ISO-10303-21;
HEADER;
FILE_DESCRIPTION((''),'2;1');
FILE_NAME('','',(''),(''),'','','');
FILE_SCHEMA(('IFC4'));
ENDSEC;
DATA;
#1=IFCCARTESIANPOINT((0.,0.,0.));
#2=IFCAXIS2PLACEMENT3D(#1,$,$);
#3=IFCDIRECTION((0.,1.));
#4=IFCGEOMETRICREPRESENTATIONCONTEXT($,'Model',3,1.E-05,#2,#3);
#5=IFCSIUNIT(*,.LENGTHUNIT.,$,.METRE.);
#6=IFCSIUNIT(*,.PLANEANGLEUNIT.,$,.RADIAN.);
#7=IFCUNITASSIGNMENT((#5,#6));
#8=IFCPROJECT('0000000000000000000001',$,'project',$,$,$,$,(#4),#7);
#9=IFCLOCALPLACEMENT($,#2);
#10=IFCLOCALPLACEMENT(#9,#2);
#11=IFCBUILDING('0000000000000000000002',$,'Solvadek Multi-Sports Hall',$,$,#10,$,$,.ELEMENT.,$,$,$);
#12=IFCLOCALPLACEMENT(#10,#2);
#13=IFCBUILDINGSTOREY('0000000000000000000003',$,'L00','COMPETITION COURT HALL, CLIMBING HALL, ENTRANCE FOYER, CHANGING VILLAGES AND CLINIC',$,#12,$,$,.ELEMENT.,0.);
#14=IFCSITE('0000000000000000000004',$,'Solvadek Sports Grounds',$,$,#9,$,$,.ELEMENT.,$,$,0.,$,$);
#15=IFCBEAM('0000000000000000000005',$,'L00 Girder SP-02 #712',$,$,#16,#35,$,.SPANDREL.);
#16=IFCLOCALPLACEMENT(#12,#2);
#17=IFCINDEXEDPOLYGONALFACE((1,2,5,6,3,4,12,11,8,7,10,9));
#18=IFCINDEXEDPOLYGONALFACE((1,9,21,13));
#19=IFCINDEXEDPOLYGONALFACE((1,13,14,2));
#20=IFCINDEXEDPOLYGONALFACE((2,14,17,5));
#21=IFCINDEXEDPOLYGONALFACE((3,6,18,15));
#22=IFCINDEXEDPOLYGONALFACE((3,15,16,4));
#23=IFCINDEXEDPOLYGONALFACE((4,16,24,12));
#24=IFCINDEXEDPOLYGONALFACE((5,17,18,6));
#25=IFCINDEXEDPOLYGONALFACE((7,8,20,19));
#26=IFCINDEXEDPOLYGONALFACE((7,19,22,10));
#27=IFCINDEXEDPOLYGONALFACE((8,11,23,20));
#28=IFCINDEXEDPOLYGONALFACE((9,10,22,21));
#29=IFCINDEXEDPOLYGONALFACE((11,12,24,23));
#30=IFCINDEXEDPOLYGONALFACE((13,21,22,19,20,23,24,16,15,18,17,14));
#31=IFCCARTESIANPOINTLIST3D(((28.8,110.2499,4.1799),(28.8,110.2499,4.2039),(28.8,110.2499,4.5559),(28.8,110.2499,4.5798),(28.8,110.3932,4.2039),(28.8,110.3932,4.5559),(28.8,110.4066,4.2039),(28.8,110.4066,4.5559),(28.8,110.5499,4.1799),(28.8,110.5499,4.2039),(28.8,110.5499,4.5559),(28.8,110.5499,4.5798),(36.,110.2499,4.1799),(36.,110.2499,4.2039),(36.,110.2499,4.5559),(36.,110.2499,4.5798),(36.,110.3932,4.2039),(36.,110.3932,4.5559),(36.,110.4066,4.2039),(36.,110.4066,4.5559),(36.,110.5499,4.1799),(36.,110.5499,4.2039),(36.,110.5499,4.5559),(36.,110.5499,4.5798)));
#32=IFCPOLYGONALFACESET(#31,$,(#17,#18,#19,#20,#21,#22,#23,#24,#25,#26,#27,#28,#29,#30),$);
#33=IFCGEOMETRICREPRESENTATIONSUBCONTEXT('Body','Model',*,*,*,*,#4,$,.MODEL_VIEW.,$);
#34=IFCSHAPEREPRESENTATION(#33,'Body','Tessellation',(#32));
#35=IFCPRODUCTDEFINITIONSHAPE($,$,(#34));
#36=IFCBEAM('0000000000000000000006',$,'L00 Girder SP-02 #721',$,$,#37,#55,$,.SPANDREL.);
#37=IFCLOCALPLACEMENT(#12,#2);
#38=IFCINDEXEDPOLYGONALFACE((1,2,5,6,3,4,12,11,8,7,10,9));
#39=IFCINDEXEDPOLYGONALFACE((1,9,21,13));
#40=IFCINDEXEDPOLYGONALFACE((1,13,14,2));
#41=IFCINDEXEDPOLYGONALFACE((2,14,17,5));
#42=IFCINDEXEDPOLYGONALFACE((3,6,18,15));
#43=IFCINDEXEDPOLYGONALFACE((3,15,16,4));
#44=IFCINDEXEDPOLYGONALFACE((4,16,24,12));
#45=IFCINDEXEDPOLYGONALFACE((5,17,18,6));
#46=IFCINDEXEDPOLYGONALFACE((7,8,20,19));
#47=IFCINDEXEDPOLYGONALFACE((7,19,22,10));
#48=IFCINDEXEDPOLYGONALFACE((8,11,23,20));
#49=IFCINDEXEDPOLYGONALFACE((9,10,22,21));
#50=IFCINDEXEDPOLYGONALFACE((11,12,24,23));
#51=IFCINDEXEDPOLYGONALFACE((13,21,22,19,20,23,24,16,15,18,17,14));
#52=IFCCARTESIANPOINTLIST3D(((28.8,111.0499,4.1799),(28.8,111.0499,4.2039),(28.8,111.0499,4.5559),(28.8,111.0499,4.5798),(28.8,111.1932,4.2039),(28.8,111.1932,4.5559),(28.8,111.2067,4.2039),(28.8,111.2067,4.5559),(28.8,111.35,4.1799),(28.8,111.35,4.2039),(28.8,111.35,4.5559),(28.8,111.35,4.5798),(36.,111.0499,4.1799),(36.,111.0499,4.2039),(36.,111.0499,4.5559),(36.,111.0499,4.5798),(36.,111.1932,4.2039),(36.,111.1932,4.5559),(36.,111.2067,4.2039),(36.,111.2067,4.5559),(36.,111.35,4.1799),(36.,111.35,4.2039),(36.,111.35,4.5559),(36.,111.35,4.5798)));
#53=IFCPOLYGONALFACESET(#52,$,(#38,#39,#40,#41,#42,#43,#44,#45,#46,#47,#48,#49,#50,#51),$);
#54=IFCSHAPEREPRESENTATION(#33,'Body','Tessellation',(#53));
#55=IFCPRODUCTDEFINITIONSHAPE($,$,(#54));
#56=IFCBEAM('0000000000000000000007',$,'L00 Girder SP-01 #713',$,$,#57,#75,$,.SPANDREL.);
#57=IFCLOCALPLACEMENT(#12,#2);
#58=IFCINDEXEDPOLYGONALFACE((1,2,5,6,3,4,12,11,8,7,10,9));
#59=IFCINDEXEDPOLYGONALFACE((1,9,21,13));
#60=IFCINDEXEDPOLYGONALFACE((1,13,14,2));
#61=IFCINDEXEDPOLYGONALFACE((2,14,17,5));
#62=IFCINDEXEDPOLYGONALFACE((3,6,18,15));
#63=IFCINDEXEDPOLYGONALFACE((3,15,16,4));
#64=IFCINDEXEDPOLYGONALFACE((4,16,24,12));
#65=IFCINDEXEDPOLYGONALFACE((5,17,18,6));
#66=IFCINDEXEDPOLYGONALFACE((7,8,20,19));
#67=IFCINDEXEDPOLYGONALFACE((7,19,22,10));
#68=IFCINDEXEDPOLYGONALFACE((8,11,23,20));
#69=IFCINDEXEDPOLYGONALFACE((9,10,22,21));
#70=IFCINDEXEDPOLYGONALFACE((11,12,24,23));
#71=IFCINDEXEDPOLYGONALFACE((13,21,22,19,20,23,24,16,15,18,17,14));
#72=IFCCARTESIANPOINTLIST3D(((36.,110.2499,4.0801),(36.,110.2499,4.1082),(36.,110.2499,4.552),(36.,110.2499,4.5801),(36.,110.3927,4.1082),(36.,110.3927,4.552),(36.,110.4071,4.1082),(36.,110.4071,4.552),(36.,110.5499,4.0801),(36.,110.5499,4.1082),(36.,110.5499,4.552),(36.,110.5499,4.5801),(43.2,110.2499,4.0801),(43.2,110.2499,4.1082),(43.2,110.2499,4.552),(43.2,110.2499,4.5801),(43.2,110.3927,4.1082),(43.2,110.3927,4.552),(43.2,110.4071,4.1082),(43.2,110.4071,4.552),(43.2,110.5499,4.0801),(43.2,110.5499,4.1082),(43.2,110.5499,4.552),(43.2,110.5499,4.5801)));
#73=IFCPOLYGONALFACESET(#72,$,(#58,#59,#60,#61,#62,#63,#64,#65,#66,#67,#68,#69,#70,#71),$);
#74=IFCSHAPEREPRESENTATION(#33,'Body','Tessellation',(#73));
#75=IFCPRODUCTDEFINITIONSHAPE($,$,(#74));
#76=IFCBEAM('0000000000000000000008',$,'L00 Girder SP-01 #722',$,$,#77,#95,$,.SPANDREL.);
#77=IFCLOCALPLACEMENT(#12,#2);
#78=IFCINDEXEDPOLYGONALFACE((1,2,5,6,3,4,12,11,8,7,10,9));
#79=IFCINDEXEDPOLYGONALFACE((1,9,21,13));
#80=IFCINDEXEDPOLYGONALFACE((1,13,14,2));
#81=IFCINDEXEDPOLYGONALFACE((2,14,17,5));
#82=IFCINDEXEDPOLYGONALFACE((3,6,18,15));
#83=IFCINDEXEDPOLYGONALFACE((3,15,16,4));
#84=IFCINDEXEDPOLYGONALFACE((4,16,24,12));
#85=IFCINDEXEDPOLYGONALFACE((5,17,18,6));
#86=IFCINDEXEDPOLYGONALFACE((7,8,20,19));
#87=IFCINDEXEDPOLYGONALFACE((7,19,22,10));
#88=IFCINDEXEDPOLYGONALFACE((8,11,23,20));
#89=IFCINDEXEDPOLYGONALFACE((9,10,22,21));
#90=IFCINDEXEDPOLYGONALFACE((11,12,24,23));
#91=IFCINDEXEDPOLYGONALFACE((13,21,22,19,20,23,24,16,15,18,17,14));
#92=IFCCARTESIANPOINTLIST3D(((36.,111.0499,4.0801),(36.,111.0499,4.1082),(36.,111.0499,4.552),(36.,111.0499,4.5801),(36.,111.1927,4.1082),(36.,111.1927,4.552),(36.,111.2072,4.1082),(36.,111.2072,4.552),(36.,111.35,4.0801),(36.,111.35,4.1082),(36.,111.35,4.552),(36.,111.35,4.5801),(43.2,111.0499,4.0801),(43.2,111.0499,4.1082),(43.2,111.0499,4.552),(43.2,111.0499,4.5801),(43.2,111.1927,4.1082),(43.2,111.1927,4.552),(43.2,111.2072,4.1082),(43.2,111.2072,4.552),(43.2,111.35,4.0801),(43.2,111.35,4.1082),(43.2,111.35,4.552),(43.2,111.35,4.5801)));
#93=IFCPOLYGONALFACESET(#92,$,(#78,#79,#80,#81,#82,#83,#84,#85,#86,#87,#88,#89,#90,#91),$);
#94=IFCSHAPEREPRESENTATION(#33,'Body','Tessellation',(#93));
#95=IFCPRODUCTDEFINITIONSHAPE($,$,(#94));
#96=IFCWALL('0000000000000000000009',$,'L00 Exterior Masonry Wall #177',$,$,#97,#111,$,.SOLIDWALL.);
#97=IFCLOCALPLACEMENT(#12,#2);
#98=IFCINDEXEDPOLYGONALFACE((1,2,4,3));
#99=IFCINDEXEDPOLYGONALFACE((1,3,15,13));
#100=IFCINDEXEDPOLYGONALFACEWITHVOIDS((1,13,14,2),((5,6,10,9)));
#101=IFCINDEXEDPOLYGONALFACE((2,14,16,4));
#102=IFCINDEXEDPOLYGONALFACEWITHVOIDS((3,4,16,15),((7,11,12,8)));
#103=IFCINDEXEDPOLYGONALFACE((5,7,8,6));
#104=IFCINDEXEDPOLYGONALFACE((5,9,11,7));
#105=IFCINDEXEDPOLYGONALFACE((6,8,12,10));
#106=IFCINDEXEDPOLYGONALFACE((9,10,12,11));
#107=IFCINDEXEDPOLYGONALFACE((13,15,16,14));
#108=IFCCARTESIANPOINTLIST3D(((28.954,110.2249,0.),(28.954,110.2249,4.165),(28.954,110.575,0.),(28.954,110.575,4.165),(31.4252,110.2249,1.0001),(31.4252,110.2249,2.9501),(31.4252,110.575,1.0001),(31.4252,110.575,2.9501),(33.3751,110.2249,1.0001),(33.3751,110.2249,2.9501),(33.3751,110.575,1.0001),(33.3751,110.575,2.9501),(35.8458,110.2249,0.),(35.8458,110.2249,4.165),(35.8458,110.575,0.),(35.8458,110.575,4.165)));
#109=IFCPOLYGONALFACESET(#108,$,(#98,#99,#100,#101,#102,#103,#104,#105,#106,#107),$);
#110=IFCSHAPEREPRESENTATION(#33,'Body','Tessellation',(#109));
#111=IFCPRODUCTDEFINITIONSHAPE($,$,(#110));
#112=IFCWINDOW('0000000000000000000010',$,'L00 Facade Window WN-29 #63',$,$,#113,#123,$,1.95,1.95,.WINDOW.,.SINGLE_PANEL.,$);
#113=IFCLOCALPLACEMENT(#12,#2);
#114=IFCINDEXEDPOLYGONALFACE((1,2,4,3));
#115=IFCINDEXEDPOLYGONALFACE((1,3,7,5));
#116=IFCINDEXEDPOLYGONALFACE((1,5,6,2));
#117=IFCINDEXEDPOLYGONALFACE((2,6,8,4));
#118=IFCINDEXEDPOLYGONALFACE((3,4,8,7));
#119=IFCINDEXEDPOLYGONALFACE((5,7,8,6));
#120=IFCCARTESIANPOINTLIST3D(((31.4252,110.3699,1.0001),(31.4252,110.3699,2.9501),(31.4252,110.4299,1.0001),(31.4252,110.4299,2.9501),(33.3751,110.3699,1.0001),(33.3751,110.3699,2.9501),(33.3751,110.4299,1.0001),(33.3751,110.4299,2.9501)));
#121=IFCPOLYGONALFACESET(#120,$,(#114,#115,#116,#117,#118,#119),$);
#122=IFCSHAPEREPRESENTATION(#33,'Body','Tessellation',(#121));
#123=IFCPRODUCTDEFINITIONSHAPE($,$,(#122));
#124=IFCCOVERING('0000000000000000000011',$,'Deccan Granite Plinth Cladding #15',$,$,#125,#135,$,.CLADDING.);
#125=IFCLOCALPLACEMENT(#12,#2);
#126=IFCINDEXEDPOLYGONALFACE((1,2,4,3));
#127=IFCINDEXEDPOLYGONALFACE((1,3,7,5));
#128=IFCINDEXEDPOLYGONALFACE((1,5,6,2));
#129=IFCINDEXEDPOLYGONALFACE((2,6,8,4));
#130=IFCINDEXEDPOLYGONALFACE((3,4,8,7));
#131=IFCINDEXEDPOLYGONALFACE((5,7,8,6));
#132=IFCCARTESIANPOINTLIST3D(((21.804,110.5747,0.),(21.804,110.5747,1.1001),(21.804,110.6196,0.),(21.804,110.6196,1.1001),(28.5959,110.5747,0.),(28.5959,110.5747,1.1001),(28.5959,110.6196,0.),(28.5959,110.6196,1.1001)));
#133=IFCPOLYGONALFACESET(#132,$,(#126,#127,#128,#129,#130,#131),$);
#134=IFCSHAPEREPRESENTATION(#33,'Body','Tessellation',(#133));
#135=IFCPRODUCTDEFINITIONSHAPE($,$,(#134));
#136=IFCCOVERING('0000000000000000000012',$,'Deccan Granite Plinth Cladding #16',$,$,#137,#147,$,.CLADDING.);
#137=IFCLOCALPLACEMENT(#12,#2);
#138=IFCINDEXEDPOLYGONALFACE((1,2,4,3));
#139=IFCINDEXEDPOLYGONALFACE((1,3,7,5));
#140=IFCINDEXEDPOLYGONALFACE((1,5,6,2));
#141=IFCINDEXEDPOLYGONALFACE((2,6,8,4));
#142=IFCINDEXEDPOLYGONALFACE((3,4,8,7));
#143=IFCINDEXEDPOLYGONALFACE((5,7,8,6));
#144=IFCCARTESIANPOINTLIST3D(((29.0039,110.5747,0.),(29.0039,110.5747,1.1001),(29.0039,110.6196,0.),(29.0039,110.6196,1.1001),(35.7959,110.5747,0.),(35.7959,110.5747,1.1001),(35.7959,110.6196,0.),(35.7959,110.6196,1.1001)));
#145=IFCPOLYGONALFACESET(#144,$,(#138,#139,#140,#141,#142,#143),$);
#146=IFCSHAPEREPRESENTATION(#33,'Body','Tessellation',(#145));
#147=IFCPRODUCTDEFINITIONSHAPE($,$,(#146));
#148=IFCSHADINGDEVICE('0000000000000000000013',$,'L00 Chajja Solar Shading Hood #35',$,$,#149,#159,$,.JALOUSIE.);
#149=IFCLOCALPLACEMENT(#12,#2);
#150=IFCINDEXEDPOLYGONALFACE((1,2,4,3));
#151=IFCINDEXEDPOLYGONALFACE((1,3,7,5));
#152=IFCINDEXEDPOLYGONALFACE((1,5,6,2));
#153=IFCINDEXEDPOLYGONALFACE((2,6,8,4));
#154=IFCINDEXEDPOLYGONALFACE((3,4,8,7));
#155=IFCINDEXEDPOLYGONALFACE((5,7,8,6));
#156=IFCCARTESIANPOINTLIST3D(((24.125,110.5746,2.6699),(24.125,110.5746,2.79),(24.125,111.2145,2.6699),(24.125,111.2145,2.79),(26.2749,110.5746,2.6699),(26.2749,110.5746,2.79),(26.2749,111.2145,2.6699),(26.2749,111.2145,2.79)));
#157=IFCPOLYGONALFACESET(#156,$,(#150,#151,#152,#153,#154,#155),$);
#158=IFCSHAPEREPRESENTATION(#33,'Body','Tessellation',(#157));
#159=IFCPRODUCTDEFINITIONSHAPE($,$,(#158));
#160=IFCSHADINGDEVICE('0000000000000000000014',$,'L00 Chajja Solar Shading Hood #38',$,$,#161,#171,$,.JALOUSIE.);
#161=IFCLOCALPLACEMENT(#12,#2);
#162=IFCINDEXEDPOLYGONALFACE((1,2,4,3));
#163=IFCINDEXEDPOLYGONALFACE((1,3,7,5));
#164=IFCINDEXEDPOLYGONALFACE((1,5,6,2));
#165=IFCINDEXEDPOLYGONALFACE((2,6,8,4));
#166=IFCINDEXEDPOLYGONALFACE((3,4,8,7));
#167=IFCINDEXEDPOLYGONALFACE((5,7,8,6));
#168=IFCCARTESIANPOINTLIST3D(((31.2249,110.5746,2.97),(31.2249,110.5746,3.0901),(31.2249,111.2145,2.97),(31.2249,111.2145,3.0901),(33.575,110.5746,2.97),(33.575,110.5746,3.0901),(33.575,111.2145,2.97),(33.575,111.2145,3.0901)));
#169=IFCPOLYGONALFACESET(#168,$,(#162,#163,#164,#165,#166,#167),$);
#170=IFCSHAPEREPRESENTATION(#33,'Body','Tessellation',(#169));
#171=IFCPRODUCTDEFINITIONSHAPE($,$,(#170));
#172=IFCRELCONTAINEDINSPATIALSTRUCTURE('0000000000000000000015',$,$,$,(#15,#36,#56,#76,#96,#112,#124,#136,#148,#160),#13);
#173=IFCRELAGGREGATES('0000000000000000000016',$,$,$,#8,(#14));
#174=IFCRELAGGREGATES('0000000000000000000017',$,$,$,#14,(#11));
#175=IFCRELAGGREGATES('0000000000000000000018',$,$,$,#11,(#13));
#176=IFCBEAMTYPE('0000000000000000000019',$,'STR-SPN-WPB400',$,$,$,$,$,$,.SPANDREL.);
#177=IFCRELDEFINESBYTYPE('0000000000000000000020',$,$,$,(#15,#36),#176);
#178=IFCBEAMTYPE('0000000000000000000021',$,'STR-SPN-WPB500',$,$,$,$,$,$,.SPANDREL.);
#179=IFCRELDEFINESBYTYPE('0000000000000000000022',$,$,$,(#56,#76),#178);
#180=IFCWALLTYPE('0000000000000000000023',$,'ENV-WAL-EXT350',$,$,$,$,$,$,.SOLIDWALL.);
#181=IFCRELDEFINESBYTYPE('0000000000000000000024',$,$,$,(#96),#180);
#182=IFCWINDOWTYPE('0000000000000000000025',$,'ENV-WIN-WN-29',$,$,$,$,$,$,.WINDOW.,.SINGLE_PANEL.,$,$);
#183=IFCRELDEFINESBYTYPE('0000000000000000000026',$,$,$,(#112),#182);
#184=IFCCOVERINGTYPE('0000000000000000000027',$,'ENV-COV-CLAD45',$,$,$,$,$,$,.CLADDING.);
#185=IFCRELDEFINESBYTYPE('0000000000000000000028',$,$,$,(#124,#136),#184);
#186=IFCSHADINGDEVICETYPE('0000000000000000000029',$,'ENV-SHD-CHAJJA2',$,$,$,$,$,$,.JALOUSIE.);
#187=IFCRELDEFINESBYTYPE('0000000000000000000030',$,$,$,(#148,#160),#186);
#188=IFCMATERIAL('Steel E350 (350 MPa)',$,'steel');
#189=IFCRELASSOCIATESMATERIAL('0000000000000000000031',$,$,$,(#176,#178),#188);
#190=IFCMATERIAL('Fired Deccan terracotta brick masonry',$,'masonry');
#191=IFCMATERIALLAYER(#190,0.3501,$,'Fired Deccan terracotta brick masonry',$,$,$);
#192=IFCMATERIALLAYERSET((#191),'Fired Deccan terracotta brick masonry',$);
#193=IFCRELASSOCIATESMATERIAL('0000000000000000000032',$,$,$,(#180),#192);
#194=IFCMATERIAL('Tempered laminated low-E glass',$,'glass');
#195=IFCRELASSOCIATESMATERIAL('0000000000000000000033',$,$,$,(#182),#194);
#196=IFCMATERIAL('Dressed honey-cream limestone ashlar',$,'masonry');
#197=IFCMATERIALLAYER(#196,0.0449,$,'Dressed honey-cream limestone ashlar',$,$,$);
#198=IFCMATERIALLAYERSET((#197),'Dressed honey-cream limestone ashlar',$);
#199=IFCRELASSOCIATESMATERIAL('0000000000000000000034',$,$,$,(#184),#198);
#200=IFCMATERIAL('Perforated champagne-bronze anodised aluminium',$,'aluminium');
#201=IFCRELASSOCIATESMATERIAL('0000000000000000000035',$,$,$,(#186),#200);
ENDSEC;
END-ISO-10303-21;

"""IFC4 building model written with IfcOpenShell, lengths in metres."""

from ifc_helpers import new_model, si_unit, direction, frame, frame_2d, origin, origin_2d, place, context, subcontext, project, spatial, rectangle, i_section, extrude, material, layer, layer_set, material_profile, profile_set, type_object, element, fill, save


model = new_model("IFC4")

# Units and contexts
model_context = context("Model", 3, precision=1e-05, world=origin(), true_north=direction((0.0, 1.0)))
body_context = subcontext(model_context, "Body", "Model", "MODEL_VIEW")
ifc_project = project(units=[si_unit("LENGTHUNIT", "METRE"), si_unit("PLANEANGLEUNIT", "RADIAN")], contexts=[model_context])

# Site, building, storey
site_placement = place(None, origin())
site = spatial("IfcSite", under=ifc_project, at=site_placement, Name="Solvadek Sports Grounds", CompositionType="ELEMENT", RefElevation=0.0)
building_placement = place(site_placement, origin())
building = spatial("IfcBuilding", under=site, at=building_placement, Name="Solvadek Multi-Sports Hall", CompositionType="ELEMENT")
storey_placement = place(building_placement, origin())
storey = spatial("IfcBuildingStorey", under=building, at=storey_placement, Name="L00", Description="COMPETITION COURT HALL, CLIMBING HALL, ENTRANCE FOYER, CHANGING VILLAGES AND CLINIC", CompositionType="ELEMENT", Elevation=0.0)

# Shared definitions
ifc_material_1 = material(Name="Steel E350 (350 MPa)", Category="steel")

# Beams
ifc_material_profile_1 = material_profile(ifc_material_1, i_section(OverallWidth=0.3, OverallDepth=0.3999, WebThickness=0.0134, FlangeThickness=0.0239, at=origin_2d()), Name="WPB 400")
ifc_profile_set_1 = profile_set([ifc_material_profile_1], Name="Steel E350 (350 MPa)")
beam_type_1 = type_object("IfcBeamType", Name="STR-SPN-WPB400", PredefinedType="SPANDREL", material=ifc_profile_set_1)
for number, where, z_axis, x_axis, name in (
    (1, (28.8, 110.3999, 4.3799), (1.0, 0.0, 0.0), (0.0, 1.0, 0.0), "L00 Girder SP-02 #712"),
    (2, (28.8, 111.2, 4.3799), (1.0, 0.0, 0.0), (0.0, 1.0, 0.0), "L00 Girder SP-02 #721"),
):
    element("IfcBeam", number, at=place(storey_placement, frame(where, z_axis=z_axis, x_axis=x_axis)), inside=storey, type_object=beam_type_1, Name=name, PredefinedType="SPANDREL", context=body_context, shape_type="SweptSolid", body=[
        extrude(i_section(OverallWidth=0.3, OverallDepth=0.3999, WebThickness=0.0134, FlangeThickness=0.0239, at=origin_2d()), origin(), (0.0, 0.0, 1.0), 7.2),
    ])
ifc_material_profile_2 = material_profile(ifc_material_1, i_section(OverallWidth=0.3, OverallDepth=0.5, WebThickness=0.0144, FlangeThickness=0.0281, at=origin_2d()), Name="WPB 500")
ifc_profile_set_2 = profile_set([ifc_material_profile_2], Name="Steel E350 (350 MPa)")
beam_type_2 = type_object("IfcBeamType", Name="STR-SPN-WPB500", PredefinedType="SPANDREL", material=ifc_profile_set_2)
for number, where, z_axis, x_axis, name in (
    (3, (36.0, 110.3999, 4.3301), (1.0, 0.0, 0.0), (0.0, 1.0, 0.0), "L00 Girder SP-01 #713"),
    (4, (36.0, 111.2, 4.3301), (1.0, 0.0, 0.0), (0.0, 1.0, 0.0), "L00 Girder SP-01 #722"),
):
    element("IfcBeam", number, at=place(storey_placement, frame(where, z_axis=z_axis, x_axis=x_axis)), inside=storey, type_object=beam_type_2, Name=name, PredefinedType="SPANDREL", context=body_context, shape_type="SweptSolid", body=[
        extrude(i_section(OverallWidth=0.3, OverallDepth=0.5, WebThickness=0.0144, FlangeThickness=0.0281, at=origin_2d()), origin(), (0.0, 0.0, 1.0), 7.2),
    ])

# Wall, opening, window
ifc_material_2 = material(Name="Fired Deccan terracotta brick masonry", Category="masonry")
ifc_layer_1 = layer(ifc_material_2, 0.3501, Name="Fired Deccan terracotta brick masonry")
ifc_layer_set_1 = layer_set([ifc_layer_1], Name="Fired Deccan terracotta brick masonry")
wall_type = type_object("IfcWallType", Name="ENV-WAL-EXT350", PredefinedType="SOLIDWALL", material=ifc_layer_set_1)
wall_1_placement = place(storey_placement, frame((28.9541, 110.3999, 0.0), z_axis=(0.0, 0.0, 1.0), x_axis=(1.0, 0.0, 0.0)))
wall_1 = element("IfcWall", 5, at=wall_1_placement, inside=storey, type_object=wall_type, Name="L00 Exterior Masonry Wall #177", PredefinedType="SOLIDWALL", context=body_context, shape_type="SweptSolid", body=[
    extrude(rectangle(XDim=6.8918, YDim=0.3501, at=frame_2d((3.4458, 0.0))), origin(), (0.0, 0.0, 1.0), 4.165),
])
opening_1_placement = place(wall_1_placement, frame((2.4709, 0.0, 1.0)))
opening_1 = element("IfcOpeningElement", 6, at=opening_1_placement, cuts=wall_1, PredefinedType="OPENING", context=body_context, shape_type="SweptSolid", body=[
    extrude(rectangle(XDim=1.95, YDim=1.95, at=frame_2d((0.9751, 0.9751))), frame((0.0, 0.1851, 0.0), z_axis=(0.0, -1.0, 0.0), x_axis=(1.0, 0.0, 0.0)), (0.0, 0.0, 1.0), 0.3701),
])
ifc_material_3 = material(Name="Tempered laminated low-E glass", Category="glass")
window_type = type_object("IfcWindowType", Name="ENV-WIN-WN-29", PartitioningType="SINGLE_PANEL", PredefinedType="WINDOW", material=ifc_material_3)
window_placement = place(opening_1_placement, origin())
window = element("IfcWindow", 7, at=window_placement, inside=storey, type_object=window_type, Name="L00 Facade Window WN-29 #63", OverallHeight=1.95, OverallWidth=1.95, PartitioningType="SINGLE_PANEL", PredefinedType="WINDOW", context=body_context, shape_type="SweptSolid", body=[
    extrude(rectangle(XDim=1.95, YDim=1.95, at=frame_2d((0.9751, 0.9751))), frame((0.0, 0.03, 0.0), z_axis=(0.0, -1.0, 0.0), x_axis=(1.0, 0.0, 0.0)), (0.0, 0.0, 1.0), 0.0601),
])
fill(opening_1, window)

# Coverings
ifc_material_4 = material(Name="Dressed honey-cream limestone ashlar", Category="masonry")
ifc_layer_2 = layer(ifc_material_4, 0.0449, Name="Dressed honey-cream limestone ashlar")
ifc_layer_set_2 = layer_set([ifc_layer_2], Name="Dressed honey-cream limestone ashlar")
covering_type = type_object("IfcCoveringType", Name="ENV-COV-CLAD45", PredefinedType="CLADDING", material=ifc_layer_set_2)
for number, where, z_axis, x_axis, name in (
    (8, (25.2, 110.5972, 0.0), (0.0, 0.0, 1.0), (1.0, 0.0, 0.0), "Deccan Granite Plinth Cladding #15"),
    (9, (32.3999, 110.5972, 0.0), (0.0, 0.0, 1.0), (1.0, 0.0, 0.0), "Deccan Granite Plinth Cladding #16"),
):
    element("IfcCovering", number, at=place(storey_placement, frame(where, z_axis=z_axis, x_axis=x_axis)), inside=storey, type_object=covering_type, Name=name, PredefinedType="CLADDING", context=body_context, shape_type="SweptSolid", body=[
        extrude(rectangle(XDim=6.792, YDim=0.0449, at=origin_2d()), origin(), (0.0, 0.0, 1.0), 1.1001),
    ])

# Shading devices
ifc_material_5 = material(Name="Perforated champagne-bronze anodised aluminium", Category="aluminium")
shading_device_type = type_object("IfcShadingDeviceType", Name="ENV-SHD-CHAJJA2", PredefinedType="JALOUSIE", material=ifc_material_5)
shading_device_1_placement = place(storey_placement, frame((25.2, 110.8945, 2.6699), z_axis=(0.0, 0.0, 1.0), x_axis=(1.0, 0.0, 0.0)))
element("IfcShadingDevice", 10, at=shading_device_1_placement, inside=storey, type_object=shading_device_type, Name="L00 Chajja Solar Shading Hood #35", PredefinedType="JALOUSIE", context=body_context, shape_type="SweptSolid", body=[
    extrude(rectangle(XDim=2.1499, YDim=0.6399, at=origin_2d()), origin(), (0.0, 0.0, 1.0), 0.1201),
])
shading_device_2_placement = place(storey_placement, frame((32.3999, 110.8945, 2.97), z_axis=(0.0, 0.0, 1.0), x_axis=(1.0, 0.0, 0.0)))
element("IfcShadingDevice", 11, at=shading_device_2_placement, inside=storey, type_object=shading_device_type, Name="L00 Chajja Solar Shading Hood #38", PredefinedType="JALOUSIE", context=body_context, shape_type="SweptSolid", body=[
    extrude(rectangle(XDim=2.3501, YDim=0.6399, at=origin_2d()), origin(), (0.0, 0.0, 1.0), 0.1201),
])

save(model, "model.ifc")
